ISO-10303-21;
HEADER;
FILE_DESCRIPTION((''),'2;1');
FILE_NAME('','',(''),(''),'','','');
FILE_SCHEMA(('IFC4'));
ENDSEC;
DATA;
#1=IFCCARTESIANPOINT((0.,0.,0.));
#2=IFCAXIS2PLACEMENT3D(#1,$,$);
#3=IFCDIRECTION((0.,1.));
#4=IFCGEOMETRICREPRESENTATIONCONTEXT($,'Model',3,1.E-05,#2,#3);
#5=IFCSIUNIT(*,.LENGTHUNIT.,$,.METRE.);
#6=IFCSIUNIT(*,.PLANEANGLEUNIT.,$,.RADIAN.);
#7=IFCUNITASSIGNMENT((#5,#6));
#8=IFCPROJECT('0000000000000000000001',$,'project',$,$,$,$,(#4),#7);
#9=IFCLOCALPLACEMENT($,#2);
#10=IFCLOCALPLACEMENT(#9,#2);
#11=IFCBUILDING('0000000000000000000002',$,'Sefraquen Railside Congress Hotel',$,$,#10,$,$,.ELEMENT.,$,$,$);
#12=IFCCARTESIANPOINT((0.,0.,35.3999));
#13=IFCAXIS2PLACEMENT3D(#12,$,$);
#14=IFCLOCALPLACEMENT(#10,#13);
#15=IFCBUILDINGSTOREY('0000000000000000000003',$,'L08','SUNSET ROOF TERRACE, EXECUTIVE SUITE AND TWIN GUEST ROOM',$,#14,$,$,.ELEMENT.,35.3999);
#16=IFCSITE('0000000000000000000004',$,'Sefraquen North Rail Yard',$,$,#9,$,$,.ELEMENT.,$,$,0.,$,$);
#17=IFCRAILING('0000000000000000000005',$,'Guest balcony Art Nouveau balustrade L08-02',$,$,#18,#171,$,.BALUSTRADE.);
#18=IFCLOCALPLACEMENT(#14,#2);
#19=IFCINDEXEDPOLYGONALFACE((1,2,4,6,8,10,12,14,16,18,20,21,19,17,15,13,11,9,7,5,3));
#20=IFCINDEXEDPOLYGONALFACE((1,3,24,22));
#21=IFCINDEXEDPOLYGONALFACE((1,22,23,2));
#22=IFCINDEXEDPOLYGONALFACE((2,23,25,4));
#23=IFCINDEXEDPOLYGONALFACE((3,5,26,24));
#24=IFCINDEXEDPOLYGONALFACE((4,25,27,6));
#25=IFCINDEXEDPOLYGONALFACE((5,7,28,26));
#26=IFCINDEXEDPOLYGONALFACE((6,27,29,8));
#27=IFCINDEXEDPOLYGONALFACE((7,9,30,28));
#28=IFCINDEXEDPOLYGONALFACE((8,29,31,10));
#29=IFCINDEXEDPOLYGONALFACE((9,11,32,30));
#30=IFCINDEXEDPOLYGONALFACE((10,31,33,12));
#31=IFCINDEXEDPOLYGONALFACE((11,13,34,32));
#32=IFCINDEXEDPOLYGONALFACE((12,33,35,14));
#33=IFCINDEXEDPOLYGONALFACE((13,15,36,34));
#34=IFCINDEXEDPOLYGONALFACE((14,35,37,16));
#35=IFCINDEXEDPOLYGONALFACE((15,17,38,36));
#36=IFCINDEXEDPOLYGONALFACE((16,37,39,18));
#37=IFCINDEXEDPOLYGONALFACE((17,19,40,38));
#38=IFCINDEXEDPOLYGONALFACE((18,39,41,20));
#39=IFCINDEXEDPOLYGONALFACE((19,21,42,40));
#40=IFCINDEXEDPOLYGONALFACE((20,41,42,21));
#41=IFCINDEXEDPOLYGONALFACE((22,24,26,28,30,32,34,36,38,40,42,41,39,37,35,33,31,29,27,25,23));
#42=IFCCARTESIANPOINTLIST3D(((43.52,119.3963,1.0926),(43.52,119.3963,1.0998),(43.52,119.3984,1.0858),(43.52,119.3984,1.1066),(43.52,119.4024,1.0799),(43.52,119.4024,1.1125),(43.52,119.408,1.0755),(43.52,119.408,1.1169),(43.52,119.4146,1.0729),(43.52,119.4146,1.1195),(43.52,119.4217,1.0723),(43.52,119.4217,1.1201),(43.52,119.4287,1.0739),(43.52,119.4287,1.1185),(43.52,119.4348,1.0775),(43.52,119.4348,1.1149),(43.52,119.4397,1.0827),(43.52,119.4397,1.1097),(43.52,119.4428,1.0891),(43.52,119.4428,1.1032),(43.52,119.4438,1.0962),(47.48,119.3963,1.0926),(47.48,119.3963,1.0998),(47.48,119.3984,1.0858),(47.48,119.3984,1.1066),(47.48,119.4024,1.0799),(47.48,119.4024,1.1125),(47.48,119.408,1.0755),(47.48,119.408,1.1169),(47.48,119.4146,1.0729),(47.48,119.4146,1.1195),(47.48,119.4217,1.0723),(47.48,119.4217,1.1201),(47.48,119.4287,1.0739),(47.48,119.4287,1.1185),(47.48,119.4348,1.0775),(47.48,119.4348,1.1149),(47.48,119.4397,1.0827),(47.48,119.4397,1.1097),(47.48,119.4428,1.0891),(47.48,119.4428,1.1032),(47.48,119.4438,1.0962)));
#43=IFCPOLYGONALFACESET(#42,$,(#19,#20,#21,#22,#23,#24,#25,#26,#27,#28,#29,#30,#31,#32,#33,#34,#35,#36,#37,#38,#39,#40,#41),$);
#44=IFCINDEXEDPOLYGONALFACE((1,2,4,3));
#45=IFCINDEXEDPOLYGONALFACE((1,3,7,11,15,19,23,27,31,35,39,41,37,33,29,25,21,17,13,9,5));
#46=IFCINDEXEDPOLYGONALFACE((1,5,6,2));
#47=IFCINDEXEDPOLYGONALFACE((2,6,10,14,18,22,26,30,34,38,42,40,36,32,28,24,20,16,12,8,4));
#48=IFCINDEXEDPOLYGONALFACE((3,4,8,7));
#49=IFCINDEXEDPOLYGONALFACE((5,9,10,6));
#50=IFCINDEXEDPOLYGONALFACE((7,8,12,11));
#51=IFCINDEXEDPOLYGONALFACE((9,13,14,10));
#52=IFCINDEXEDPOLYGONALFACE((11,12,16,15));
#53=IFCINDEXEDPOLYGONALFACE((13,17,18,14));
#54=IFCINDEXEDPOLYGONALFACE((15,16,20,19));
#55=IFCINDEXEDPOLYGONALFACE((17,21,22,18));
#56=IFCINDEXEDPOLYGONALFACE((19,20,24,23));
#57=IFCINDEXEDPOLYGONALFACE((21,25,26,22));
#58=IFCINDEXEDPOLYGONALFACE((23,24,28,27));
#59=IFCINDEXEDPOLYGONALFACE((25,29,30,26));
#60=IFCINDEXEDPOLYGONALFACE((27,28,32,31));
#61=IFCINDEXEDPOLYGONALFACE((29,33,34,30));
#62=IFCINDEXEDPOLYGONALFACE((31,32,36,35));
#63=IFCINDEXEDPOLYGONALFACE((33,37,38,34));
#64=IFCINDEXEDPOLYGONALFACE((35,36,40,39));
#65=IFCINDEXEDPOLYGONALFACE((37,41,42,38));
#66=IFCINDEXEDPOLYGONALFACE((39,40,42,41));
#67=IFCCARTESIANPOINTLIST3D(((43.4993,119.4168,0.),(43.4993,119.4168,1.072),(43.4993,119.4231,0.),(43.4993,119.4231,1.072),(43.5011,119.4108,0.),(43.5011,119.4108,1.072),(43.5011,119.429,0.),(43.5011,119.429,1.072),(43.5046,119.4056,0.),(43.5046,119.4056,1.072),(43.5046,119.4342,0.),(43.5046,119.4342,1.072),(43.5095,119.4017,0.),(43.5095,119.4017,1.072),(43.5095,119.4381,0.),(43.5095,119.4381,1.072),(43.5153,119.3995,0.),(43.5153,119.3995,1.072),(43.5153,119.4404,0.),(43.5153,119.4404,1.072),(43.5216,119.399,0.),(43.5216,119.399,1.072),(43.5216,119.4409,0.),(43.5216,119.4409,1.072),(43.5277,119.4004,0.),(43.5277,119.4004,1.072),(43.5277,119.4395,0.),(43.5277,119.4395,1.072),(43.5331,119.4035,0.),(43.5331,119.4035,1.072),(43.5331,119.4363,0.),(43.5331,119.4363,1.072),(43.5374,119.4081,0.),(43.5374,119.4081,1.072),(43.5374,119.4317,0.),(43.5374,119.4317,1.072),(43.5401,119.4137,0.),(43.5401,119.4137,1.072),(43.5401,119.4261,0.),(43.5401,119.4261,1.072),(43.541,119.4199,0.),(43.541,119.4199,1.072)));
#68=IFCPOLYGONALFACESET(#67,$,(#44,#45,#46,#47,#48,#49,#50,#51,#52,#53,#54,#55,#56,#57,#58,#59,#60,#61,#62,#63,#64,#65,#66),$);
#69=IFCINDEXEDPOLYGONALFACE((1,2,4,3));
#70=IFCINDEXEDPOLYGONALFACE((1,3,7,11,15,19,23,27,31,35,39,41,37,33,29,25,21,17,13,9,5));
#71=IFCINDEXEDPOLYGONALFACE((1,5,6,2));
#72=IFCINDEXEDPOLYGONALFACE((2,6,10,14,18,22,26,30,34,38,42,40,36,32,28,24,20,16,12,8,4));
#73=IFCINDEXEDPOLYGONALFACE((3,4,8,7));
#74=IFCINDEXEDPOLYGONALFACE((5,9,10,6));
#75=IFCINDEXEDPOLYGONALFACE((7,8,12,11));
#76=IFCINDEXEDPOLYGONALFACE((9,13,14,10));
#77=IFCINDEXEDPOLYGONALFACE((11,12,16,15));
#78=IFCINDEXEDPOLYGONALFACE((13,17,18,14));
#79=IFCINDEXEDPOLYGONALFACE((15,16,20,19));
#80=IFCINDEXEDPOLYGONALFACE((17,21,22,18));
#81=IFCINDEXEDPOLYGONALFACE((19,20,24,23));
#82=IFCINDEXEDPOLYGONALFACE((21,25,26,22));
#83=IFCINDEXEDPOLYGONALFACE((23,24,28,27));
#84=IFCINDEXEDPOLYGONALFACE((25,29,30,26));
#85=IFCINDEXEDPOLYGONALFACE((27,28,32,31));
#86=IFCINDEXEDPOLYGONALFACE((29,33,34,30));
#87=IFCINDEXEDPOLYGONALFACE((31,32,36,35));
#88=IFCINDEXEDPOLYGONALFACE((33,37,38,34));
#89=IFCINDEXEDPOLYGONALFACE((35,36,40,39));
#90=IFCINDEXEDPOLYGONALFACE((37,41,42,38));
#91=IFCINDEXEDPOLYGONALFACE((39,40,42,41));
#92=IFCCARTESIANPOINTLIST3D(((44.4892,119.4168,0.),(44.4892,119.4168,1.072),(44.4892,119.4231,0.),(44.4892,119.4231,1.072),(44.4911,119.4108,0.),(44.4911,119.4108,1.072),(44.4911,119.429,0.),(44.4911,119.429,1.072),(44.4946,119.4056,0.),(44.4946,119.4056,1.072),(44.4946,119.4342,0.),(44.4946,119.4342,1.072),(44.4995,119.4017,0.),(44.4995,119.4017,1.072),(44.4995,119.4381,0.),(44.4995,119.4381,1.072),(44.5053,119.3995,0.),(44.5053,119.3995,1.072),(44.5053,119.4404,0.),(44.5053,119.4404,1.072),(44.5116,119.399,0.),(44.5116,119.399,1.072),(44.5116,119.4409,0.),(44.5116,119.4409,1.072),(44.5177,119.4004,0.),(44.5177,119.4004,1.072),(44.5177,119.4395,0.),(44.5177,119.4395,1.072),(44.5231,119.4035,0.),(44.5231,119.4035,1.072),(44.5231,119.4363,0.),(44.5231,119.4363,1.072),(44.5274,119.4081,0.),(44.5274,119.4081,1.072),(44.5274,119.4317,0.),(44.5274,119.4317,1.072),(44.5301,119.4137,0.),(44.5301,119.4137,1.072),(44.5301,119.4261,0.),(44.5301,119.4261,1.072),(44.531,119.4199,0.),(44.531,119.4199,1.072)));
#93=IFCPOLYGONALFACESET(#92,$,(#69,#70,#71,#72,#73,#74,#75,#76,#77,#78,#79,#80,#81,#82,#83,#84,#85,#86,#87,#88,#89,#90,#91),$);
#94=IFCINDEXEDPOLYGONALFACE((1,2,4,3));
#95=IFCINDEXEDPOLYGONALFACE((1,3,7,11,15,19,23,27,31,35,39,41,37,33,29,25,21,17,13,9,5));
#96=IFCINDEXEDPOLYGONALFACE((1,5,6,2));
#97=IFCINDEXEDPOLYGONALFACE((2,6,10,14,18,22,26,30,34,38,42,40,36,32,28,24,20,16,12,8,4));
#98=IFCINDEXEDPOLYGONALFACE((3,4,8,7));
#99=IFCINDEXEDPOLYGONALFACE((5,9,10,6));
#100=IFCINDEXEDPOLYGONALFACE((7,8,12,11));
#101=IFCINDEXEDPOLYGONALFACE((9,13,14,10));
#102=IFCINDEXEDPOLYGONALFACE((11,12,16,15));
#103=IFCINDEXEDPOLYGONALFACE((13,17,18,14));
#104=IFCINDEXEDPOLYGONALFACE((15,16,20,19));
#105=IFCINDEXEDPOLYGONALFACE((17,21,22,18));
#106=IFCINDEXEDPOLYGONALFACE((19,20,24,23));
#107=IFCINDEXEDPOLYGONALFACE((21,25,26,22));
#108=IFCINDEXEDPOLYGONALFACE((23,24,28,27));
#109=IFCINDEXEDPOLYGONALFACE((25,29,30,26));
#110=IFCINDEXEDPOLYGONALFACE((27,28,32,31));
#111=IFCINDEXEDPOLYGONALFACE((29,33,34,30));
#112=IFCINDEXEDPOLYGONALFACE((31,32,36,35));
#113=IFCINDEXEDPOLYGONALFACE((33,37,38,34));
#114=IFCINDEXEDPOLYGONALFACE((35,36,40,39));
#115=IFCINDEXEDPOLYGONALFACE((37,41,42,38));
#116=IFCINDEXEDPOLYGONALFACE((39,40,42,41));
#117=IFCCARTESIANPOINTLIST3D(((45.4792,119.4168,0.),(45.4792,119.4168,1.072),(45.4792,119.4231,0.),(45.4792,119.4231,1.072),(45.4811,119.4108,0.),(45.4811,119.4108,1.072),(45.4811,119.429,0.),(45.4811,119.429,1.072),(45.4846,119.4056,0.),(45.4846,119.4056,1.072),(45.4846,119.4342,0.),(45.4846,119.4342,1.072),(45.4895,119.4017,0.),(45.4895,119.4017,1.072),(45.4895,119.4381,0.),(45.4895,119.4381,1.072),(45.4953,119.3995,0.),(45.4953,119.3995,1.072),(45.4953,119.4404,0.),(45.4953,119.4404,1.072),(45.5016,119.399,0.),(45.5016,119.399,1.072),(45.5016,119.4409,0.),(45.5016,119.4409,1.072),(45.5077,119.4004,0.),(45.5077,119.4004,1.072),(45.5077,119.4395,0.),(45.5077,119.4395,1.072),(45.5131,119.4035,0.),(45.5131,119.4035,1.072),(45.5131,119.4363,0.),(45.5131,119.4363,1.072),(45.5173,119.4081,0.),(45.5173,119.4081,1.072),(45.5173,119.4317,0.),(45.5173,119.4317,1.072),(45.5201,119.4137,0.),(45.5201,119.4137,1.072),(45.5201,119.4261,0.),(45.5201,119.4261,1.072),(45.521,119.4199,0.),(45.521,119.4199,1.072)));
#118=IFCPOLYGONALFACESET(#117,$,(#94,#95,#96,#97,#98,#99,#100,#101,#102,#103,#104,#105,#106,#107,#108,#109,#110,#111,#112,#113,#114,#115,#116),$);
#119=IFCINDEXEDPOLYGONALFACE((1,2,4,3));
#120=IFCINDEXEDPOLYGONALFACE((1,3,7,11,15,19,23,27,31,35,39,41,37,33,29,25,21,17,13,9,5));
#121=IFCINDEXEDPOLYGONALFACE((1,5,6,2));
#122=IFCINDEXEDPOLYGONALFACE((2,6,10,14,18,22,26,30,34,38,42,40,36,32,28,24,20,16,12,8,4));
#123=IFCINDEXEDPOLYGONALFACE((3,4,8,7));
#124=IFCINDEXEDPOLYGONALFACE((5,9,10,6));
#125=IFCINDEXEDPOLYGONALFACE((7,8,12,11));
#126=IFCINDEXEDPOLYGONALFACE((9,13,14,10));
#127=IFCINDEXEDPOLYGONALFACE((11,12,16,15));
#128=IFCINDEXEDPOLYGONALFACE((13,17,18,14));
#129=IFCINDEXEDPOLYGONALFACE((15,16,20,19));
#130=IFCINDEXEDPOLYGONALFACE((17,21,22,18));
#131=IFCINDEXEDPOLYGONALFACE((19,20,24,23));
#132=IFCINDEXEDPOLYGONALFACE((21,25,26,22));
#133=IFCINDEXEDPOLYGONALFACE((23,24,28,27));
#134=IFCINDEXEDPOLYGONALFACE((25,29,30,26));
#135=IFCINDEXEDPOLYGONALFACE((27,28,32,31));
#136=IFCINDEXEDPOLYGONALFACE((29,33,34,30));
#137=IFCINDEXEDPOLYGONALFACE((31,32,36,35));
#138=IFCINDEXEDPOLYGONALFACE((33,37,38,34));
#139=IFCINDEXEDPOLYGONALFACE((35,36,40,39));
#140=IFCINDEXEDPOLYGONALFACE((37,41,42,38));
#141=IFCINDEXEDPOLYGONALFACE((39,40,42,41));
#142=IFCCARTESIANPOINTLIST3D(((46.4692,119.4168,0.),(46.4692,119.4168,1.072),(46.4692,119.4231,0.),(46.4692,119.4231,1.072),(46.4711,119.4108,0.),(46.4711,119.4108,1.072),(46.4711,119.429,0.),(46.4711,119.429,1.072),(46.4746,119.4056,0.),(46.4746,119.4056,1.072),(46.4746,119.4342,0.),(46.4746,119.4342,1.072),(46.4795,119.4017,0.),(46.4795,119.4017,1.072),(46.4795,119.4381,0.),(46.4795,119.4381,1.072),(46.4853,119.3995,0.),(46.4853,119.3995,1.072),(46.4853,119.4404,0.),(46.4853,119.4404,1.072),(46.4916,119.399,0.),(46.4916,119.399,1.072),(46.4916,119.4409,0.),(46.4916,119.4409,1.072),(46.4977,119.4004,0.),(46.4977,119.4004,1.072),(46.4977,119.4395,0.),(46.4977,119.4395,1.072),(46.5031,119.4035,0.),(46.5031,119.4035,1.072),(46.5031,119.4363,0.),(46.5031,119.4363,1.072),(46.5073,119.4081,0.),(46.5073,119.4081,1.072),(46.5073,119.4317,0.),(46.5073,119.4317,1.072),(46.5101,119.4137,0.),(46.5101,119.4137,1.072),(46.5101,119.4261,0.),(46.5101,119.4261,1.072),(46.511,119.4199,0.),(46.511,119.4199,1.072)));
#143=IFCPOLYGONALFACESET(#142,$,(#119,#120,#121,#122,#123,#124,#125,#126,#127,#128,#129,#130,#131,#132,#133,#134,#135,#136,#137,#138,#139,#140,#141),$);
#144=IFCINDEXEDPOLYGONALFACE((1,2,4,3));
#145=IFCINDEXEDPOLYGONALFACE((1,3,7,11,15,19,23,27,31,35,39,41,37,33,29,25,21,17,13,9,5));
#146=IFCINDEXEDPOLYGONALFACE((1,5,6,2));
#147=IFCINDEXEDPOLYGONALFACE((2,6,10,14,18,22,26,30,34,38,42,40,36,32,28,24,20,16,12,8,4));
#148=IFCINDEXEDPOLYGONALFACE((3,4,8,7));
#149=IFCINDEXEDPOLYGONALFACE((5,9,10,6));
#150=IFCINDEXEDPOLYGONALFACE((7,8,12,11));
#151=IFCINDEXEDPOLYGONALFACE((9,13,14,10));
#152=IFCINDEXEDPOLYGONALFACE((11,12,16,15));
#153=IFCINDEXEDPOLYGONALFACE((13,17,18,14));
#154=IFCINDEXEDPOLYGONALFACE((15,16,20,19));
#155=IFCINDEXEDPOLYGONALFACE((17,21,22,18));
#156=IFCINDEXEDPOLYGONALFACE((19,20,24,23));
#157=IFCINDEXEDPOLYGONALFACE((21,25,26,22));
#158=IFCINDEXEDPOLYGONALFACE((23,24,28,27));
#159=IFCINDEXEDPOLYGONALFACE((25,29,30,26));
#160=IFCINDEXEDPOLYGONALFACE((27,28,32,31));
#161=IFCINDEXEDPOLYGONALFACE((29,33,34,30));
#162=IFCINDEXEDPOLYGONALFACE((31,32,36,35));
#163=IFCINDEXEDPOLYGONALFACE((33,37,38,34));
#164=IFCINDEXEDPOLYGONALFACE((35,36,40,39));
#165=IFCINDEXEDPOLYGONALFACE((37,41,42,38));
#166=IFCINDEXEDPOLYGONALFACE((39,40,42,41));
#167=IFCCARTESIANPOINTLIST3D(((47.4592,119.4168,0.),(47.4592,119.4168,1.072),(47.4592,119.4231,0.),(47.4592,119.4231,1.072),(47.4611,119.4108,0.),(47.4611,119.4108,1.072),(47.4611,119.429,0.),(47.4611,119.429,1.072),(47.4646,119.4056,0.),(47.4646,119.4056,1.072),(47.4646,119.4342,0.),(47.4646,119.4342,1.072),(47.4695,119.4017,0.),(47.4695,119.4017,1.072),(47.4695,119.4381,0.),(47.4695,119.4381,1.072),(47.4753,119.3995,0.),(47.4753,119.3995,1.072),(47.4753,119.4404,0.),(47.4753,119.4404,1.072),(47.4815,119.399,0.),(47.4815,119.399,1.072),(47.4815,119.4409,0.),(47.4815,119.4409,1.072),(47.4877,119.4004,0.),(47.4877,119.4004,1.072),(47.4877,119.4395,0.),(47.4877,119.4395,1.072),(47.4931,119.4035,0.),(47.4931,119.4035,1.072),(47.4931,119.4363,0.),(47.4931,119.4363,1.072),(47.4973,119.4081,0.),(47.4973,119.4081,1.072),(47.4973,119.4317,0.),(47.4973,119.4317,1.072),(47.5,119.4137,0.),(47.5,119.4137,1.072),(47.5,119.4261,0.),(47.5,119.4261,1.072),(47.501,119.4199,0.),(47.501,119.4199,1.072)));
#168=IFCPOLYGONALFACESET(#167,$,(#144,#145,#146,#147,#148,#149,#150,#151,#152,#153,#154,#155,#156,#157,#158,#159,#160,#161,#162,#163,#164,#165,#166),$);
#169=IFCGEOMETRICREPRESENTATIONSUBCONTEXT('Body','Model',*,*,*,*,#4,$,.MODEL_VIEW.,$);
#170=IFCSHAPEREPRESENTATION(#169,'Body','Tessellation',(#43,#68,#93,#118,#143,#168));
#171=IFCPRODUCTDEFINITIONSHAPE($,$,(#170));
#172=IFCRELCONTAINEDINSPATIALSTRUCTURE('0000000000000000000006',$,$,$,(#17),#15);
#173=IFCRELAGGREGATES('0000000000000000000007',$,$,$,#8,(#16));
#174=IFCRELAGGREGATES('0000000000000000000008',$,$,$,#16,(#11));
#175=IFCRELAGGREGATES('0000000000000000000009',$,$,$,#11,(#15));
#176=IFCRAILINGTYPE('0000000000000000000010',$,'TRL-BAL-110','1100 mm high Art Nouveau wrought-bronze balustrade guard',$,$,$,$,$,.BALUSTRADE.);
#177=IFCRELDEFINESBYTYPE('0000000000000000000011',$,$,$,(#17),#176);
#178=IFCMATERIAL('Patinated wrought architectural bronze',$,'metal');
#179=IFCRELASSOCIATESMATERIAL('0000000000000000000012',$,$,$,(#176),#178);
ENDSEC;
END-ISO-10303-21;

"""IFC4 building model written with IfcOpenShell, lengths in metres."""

from ifc_helpers import new_model, si_unit, direction, frame, origin, origin_2d, place, context, subcontext, project, spatial, circle, extrude, material, type_object, element, save


model = new_model("IFC4")

# Units and contexts
model_context = context("Model", 3, precision=1e-05, world=origin(), true_north=direction((0.0, 1.0)))
body_context = subcontext(model_context, "Body", "Model", "MODEL_VIEW")
ifc_project = project(units=[si_unit("LENGTHUNIT", "METRE"), si_unit("PLANEANGLEUNIT", "RADIAN")], contexts=[model_context])

# Site, building, storey
site_placement = place(None, origin())
site = spatial("IfcSite", under=ifc_project, at=site_placement, Name="Sefraquen North Rail Yard", CompositionType="ELEMENT", RefElevation=0.0)
building_placement = place(site_placement, origin())
building = spatial("IfcBuilding", under=site, at=building_placement, Name="Sefraquen Railside Congress Hotel", CompositionType="ELEMENT")
storey_placement = place(building_placement, frame((0.0, 0.0, 35.3999)))
storey = spatial("IfcBuildingStorey", under=building, at=storey_placement, Name="L08", Description="SUNSET ROOF TERRACE, EXECUTIVE SUITE AND TWIN GUEST ROOM", CompositionType="ELEMENT", Elevation=35.3999)

# Railing
ifc_material_1 = material(Name="Patinated wrought architectural bronze", Category="metal")
railing_type = type_object("IfcRailingType", Name="TRL-BAL-110", Description="1100 mm high Art Nouveau wrought-bronze balustrade guard", PredefinedType="BALUSTRADE", material=ifc_material_1)
railing_1_placement = place(storey_placement, frame((43.52, 119.4199, 0.0)))
element("IfcRailing", 1, at=railing_1_placement, inside=storey, type_object=railing_type, Name="Guest balcony Art Nouveau balustrade L08-02", PredefinedType="BALUSTRADE", context=body_context, shape_type="SweptSolid", body=[
    extrude(circle(Radius=0.0239, at=origin_2d()), frame((0.0, 0.0, 1.0962), z_axis=(1.0, 0.0, 0.0), x_axis=(0.0, 1.0, 0.0)), (0.0, 0.0, 1.0), 3.96),
    extrude(circle(Radius=0.021, at=origin_2d()), origin(), (0.0, 0.0, 1.0), 1.072),
    extrude(circle(Radius=0.021, at=origin_2d()), frame((0.99, 0.0, 0.0)), (0.0, 0.0, 1.0), 1.072),
    extrude(circle(Radius=0.021, at=origin_2d()), frame((1.98, 0.0, 0.0)), (0.0, 0.0, 1.0), 1.072),
    extrude(circle(Radius=0.021, at=origin_2d()), frame((2.97, 0.0, 0.0)), (0.0, 0.0, 1.0), 1.072),
    extrude(circle(Radius=0.021, at=origin_2d()), frame((3.96, 0.0, 0.0)), (0.0, 0.0, 1.0), 1.072),
])

save(model, "model.ifc")
